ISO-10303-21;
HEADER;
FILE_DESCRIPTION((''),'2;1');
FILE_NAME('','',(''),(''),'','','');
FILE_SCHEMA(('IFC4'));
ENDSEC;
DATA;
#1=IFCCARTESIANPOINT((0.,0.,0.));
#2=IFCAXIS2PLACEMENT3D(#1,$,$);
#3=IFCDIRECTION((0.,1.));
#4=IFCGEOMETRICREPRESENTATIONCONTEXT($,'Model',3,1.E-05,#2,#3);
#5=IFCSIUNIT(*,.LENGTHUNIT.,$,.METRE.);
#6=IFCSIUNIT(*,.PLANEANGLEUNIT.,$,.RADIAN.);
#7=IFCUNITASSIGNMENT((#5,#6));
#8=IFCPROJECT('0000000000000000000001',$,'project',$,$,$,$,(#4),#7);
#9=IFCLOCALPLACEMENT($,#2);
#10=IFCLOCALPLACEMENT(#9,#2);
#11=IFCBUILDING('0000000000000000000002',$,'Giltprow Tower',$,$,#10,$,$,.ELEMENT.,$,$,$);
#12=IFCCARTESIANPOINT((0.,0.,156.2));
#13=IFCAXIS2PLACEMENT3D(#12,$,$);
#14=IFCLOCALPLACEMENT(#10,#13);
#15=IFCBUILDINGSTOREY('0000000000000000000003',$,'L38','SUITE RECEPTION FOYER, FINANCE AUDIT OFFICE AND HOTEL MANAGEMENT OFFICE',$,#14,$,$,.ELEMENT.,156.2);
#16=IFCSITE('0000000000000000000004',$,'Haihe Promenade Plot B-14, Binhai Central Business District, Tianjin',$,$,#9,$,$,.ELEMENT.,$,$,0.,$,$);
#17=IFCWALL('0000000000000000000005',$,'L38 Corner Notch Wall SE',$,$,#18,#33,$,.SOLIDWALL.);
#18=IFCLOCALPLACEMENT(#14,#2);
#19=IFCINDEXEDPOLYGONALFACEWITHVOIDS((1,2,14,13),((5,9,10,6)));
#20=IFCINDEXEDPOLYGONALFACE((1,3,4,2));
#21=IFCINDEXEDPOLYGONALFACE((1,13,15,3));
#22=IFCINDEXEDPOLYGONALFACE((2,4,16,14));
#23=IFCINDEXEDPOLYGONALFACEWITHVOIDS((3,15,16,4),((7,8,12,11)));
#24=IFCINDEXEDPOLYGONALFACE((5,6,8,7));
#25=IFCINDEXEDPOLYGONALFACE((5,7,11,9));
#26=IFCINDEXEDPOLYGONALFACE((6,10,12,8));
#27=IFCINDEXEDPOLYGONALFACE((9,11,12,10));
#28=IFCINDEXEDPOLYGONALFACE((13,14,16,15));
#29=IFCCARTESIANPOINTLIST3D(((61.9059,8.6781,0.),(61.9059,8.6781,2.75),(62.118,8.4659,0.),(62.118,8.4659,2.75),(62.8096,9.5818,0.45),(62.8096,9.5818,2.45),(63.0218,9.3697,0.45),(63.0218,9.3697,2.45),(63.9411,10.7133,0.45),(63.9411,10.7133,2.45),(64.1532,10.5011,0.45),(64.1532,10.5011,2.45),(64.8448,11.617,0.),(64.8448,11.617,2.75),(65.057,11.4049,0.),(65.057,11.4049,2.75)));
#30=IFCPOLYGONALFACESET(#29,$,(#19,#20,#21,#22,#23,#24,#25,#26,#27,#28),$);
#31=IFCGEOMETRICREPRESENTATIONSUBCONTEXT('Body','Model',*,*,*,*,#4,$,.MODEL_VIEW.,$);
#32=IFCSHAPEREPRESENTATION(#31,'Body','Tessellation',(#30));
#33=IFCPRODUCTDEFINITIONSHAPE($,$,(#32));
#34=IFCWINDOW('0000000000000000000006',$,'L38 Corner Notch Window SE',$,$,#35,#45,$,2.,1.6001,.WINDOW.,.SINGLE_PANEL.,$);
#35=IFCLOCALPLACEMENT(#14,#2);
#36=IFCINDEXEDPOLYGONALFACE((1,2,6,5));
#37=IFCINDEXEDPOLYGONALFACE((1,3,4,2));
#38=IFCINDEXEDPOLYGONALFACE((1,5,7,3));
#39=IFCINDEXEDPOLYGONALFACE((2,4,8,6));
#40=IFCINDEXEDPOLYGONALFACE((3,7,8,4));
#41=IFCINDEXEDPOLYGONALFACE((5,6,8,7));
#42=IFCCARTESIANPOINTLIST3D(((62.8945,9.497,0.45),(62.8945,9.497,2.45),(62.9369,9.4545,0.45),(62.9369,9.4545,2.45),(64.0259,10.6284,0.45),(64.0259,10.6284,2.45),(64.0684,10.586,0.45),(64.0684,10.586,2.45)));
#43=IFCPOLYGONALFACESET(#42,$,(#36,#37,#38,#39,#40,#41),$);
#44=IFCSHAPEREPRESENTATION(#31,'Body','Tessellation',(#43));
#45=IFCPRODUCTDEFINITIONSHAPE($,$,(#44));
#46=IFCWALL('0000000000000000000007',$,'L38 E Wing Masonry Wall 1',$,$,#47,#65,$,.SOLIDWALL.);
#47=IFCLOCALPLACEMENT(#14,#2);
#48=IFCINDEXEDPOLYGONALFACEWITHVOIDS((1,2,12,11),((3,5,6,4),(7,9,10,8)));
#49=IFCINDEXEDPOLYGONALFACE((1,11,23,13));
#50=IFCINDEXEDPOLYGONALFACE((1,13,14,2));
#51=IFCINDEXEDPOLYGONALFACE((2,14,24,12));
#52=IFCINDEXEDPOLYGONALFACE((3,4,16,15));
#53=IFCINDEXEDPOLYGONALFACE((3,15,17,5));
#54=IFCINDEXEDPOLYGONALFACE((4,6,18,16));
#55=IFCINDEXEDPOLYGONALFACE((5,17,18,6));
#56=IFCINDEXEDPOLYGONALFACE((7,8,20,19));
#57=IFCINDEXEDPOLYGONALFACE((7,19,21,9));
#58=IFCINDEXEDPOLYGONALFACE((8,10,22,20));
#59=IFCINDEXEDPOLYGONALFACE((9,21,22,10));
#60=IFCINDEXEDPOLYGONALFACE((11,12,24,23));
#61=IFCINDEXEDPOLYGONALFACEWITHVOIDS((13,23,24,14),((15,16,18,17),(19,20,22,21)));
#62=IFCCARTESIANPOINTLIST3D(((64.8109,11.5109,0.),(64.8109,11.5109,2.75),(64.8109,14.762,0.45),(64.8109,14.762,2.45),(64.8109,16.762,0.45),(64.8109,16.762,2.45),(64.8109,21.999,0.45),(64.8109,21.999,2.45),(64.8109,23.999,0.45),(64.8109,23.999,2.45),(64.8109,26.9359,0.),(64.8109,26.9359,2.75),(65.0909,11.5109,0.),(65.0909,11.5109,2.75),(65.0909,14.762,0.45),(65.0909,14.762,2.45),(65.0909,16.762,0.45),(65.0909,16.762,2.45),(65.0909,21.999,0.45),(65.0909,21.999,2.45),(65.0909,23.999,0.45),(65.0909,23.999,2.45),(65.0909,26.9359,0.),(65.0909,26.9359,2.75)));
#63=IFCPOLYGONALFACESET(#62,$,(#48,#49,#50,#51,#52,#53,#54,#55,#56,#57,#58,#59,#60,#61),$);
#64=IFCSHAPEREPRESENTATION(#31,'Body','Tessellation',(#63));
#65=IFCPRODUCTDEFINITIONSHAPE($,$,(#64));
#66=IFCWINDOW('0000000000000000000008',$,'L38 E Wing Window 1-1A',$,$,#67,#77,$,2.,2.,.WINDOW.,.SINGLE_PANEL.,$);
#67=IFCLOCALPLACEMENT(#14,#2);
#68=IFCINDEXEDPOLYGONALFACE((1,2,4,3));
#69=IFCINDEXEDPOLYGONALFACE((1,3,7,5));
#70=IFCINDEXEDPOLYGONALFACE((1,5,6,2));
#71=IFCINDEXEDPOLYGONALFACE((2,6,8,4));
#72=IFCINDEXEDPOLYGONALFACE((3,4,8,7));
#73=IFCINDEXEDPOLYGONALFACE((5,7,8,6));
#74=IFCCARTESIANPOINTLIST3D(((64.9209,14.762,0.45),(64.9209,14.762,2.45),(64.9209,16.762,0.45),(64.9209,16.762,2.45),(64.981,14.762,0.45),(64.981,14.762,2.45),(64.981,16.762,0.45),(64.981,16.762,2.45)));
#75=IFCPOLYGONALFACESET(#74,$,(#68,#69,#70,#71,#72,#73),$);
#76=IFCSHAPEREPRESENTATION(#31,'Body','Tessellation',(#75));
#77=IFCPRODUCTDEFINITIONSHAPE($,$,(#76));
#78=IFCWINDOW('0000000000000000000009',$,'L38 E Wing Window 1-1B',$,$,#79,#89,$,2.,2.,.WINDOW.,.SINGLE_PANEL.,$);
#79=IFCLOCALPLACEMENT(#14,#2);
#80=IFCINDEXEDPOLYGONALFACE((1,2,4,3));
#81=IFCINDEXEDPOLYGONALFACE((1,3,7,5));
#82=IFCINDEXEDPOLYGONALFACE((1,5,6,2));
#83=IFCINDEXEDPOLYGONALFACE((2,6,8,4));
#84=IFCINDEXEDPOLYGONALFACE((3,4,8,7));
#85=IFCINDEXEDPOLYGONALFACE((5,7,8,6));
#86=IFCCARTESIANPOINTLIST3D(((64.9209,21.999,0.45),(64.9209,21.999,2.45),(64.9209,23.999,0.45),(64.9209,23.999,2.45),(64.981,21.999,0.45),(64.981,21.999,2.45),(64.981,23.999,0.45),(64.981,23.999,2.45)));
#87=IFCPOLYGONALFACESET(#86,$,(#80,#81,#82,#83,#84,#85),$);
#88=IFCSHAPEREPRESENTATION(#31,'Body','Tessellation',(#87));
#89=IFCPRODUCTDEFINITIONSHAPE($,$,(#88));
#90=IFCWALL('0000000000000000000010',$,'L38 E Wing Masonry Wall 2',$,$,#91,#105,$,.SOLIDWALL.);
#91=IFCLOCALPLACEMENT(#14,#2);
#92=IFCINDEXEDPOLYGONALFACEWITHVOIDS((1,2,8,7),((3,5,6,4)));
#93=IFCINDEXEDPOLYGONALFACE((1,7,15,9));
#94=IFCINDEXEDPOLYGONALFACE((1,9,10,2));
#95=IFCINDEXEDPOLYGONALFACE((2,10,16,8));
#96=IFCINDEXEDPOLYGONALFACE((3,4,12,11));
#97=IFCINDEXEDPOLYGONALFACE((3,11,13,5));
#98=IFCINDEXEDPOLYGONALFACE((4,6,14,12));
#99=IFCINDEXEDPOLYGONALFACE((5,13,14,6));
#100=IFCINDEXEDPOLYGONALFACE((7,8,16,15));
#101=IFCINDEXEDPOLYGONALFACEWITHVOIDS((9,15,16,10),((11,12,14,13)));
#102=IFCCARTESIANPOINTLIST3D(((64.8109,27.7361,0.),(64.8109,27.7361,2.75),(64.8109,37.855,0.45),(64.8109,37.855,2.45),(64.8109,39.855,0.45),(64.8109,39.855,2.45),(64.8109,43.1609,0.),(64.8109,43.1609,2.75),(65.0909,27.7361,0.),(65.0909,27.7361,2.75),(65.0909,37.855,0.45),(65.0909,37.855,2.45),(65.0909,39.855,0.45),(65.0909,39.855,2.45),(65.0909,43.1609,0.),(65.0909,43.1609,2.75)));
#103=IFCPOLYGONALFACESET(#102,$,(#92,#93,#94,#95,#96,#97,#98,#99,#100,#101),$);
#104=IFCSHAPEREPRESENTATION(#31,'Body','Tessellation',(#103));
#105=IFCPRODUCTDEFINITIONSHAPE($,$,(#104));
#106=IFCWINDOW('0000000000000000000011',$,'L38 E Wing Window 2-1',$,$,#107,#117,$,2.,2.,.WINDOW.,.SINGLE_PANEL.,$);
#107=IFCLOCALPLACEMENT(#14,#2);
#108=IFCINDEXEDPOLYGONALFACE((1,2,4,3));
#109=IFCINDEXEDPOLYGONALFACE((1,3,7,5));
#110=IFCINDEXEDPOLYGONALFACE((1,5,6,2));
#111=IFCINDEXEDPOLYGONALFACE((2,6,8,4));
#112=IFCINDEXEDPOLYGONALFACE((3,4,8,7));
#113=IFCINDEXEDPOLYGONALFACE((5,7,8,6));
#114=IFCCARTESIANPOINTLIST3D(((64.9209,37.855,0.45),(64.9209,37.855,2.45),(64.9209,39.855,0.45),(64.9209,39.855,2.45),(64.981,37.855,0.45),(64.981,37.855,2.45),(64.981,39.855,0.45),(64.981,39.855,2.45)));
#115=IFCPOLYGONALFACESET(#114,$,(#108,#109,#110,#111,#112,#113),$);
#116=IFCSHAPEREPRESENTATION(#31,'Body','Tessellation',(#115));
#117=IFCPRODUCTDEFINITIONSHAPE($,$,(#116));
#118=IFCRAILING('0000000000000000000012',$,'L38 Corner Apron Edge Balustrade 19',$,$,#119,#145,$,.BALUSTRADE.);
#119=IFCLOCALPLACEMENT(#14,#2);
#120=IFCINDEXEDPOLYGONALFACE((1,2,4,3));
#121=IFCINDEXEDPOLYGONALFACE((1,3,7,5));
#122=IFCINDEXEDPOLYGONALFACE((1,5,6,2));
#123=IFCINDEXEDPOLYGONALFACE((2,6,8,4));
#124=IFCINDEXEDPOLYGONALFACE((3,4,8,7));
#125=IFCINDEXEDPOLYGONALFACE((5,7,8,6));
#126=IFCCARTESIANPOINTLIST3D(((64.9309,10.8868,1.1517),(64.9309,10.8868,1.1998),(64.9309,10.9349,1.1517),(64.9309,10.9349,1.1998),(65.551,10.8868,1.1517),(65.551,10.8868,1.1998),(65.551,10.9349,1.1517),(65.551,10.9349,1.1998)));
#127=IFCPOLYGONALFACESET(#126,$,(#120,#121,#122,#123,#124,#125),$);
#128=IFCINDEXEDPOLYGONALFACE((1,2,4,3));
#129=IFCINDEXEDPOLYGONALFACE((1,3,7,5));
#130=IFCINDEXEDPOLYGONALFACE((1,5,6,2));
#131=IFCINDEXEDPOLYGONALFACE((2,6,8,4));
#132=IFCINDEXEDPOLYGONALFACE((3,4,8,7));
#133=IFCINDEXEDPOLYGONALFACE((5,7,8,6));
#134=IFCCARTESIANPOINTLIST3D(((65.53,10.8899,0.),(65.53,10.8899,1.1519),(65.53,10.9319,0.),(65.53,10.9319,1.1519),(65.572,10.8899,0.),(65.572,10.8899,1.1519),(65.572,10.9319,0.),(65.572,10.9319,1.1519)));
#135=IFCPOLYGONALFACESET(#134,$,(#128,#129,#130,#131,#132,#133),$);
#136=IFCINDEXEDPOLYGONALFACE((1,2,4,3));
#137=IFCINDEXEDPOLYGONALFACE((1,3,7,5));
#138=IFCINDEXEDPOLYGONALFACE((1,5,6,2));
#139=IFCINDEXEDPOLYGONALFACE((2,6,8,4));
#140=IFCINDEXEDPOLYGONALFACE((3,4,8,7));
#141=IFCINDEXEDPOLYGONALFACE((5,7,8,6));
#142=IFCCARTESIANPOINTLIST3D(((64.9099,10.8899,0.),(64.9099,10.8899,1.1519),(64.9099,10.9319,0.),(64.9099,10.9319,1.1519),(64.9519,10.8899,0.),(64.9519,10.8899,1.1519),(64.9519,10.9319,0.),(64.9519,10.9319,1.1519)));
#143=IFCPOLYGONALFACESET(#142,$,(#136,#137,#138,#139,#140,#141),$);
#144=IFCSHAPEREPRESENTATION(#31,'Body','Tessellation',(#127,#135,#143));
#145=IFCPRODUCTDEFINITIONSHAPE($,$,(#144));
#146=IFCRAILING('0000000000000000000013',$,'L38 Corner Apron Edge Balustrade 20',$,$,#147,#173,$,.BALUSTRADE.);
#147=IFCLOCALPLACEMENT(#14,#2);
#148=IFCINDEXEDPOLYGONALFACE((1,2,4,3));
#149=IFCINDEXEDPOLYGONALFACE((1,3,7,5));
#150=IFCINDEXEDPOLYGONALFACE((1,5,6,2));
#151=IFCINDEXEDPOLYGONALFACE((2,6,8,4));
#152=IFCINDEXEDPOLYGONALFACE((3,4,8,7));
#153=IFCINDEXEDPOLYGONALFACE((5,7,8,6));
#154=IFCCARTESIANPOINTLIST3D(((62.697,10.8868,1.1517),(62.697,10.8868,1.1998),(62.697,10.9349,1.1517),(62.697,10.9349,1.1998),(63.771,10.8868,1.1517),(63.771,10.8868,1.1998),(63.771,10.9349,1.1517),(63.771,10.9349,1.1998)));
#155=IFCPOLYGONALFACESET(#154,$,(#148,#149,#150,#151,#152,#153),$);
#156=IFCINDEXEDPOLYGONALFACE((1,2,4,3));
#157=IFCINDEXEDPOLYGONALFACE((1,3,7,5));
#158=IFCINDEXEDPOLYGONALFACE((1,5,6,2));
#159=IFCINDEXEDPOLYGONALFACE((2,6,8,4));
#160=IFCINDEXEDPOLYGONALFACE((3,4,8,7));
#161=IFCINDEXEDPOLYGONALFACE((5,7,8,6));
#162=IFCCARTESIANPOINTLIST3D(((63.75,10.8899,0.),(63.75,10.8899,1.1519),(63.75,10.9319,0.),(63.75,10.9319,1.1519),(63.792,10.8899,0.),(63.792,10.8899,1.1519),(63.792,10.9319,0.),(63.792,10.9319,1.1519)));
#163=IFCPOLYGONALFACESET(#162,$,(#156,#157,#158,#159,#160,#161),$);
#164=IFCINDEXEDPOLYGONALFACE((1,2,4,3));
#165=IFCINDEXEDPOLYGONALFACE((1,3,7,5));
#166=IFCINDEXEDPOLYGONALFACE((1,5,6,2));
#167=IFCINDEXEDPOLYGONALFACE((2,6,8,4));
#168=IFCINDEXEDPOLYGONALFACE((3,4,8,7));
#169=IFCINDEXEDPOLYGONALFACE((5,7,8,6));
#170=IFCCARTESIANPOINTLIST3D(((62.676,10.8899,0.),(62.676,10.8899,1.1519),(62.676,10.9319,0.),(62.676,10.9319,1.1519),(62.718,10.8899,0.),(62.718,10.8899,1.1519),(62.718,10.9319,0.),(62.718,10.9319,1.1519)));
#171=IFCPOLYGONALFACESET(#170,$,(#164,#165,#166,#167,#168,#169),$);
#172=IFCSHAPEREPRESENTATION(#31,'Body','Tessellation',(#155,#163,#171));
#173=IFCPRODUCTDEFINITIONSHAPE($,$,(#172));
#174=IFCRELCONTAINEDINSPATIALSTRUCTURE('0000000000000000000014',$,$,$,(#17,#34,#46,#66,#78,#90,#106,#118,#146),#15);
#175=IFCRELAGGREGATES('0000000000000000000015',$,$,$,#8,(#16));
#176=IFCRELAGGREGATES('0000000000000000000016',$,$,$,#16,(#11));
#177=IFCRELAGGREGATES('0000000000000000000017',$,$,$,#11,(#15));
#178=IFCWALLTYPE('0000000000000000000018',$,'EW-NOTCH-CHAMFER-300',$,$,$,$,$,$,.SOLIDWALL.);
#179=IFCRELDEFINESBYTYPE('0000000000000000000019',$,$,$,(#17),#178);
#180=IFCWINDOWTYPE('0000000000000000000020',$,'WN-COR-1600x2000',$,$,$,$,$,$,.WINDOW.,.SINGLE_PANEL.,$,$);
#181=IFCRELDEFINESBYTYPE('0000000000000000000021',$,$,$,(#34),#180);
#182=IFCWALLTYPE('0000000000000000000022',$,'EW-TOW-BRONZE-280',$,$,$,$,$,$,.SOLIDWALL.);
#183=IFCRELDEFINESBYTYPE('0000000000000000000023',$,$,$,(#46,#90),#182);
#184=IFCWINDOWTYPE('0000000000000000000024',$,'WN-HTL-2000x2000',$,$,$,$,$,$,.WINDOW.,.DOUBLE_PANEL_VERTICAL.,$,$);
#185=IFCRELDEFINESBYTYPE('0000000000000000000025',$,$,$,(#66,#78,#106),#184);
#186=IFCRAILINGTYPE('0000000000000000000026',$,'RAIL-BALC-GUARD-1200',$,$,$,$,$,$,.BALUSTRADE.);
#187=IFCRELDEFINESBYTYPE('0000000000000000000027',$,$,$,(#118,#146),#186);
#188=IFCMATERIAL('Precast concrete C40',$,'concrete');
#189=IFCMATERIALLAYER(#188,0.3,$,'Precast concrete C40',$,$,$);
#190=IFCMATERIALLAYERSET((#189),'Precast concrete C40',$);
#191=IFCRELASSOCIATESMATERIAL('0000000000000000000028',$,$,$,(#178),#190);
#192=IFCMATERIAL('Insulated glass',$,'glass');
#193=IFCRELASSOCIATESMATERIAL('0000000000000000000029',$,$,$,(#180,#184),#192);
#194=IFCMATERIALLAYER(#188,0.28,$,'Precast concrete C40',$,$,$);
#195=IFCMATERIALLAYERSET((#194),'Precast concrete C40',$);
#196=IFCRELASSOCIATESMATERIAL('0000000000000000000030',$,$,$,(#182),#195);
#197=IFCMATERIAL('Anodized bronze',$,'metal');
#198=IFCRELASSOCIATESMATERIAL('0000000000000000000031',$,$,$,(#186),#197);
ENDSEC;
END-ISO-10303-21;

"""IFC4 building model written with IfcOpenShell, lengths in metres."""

from ifc_helpers import new_model, si_unit, direction, frame, frame_2d, origin, origin_2d, place, context, subcontext, project, spatial, rectangle, extrude, source, transform, mapped, material, layer, layer_set, type_object, element, fill, save


model = new_model("IFC4")

# Units and contexts
model_context = context("Model", 3, precision=1e-05, world=origin(), true_north=direction((0.0, 1.0)))
body_context = subcontext(model_context, "Body", "Model", "MODEL_VIEW")
ifc_project = project(units=[si_unit("LENGTHUNIT", "METRE"), si_unit("PLANEANGLEUNIT", "RADIAN")], contexts=[model_context])

# Site, building, storey
site_placement = place(None, origin())
site = spatial("IfcSite", under=ifc_project, at=site_placement, Name="Haihe Promenade Plot B-14, Binhai Central Business District, Tianjin", CompositionType="ELEMENT", RefElevation=0.0)
building_placement = place(site_placement, origin())
building = spatial("IfcBuilding", under=site, at=building_placement, Name="Giltprow Tower", CompositionType="ELEMENT")
storey_placement = place(building_placement, frame((0.0, 0.0, 156.2)))
storey = spatial("IfcBuildingStorey", under=building, at=storey_placement, Name="L38", Description="SUITE RECEPTION FOYER, FINANCE AUDIT OFFICE AND HOTEL MANAGEMENT OFFICE", CompositionType="ELEMENT", Elevation=156.2)

# Shared definitions
ifc_material_1 = material(Name="Anodized bronze", Category="metal")

# Shared definitions
ifc_material_2 = material(Name="Insulated glass", Category="glass")

# Wall, opening, window
ifc_material_3 = material(Name="Precast concrete C40", Category="concrete")
ifc_layer_1 = layer(ifc_material_3, 0.3, Name="Precast concrete C40")
ifc_layer_set_1 = layer_set([ifc_layer_1], Name="Precast concrete C40")
wall_type_1 = type_object("IfcWallType", Name="EW-NOTCH-CHAMFER-300", PredefinedType="SOLIDWALL", material=ifc_layer_set_1)
wall_1_placement = place(storey_placement, frame((62.012, 8.572, 0.0), z_axis=(0.0, 0.0, 1.0), x_axis=(0.707107, 0.707107, 0.0)))
wall_1 = element("IfcWall", 1, at=wall_1_placement, inside=storey, type_object=wall_type_1, Name="L38 Corner Notch Wall SE", PredefinedType="SOLIDWALL", context=body_context, shape_type="SweptSolid", body=[
    extrude(rectangle(XDim=4.1562, YDim=0.3, at=frame_2d((2.0781, 0.0))), origin(), (0.0, 0.0, 1.0), 2.75),
])
opening_1_placement = place(wall_1_placement, frame((1.2781, 0.0, 0.45)))
opening_1 = element("IfcOpeningElement", 2, at=opening_1_placement, cuts=wall_1, PredefinedType="OPENING", context=body_context, shape_type="SweptSolid", body=[
    extrude(rectangle(XDim=1.6001, YDim=2.0, at=frame_2d((0.8, 1.0))), frame((0.0, 0.1599, 0.0), z_axis=(0.0, -1.0, 0.0), x_axis=(1.0, 0.0, 0.0)), (0.0, 0.0, 1.0), 0.3201),
])
window_type_1 = type_object("IfcWindowType", Name="WN-COR-1600x2000", PartitioningType="SINGLE_PANEL", PredefinedType="WINDOW", material=ifc_material_2)
shared_shape_1 = source(origin(), body_context, "Body", "SweptSolid", [
    extrude(rectangle(XDim=1.6001, YDim=2.0, at=frame_2d((0.8, 1.0))), frame((0.0, 0.03, 0.0), z_axis=(0.0, -1.0, 0.0), x_axis=(1.0, 0.0, 0.0)), (0.0, 0.0, 1.0), 0.0601),
])
window_1_placement = place(opening_1_placement, origin())
window_1 = element("IfcWindow", 3, at=window_1_placement, inside=storey, type_object=window_type_1, Name="L38 Corner Notch Window SE", OverallHeight=2.0, OverallWidth=1.6001, PartitioningType="SINGLE_PANEL", PredefinedType="WINDOW", context=body_context, shape_type="MappedRepresentation", body=[
    mapped(shared_shape_1, transform((0.0, 0.0, 0.0), x_axis=(1.0, 0.0, 0.0), y_axis=(0.0, 1.0, 0.0), z_axis=(0.0, 0.0, 1.0), scale=1.0)),
])
fill(opening_1, window_1)

# Wall, openings, windows
ifc_layer_2 = layer(ifc_material_3, 0.28, Name="Precast concrete C40")
ifc_layer_set_2 = layer_set([ifc_layer_2], Name="Precast concrete C40")
wall_type_2 = type_object("IfcWallType", Name="EW-TOW-BRONZE-280", PredefinedType="SOLIDWALL", material=ifc_layer_set_2)
wall_2_placement = place(storey_placement, frame((64.9509, 11.511, 0.0), z_axis=(0.0, 0.0, 1.0), x_axis=(0.0, 1.0, 0.0)))
wall_2 = element("IfcWall", 4, at=wall_2_placement, inside=storey, type_object=wall_type_2, Name="L38 E Wing Masonry Wall 1", PredefinedType="SOLIDWALL", context=body_context, shape_type="SweptSolid", body=[
    extrude(rectangle(XDim=15.425, YDim=0.28, at=frame_2d((7.7124, 0.0))), origin(), (0.0, 0.0, 1.0), 2.75),
])
opening_2_placement = place(wall_2_placement, frame((3.251, 0.0, 0.45)))
opening_2 = element("IfcOpeningElement", 5, at=opening_2_placement, cuts=wall_2, PredefinedType="OPENING", context=body_context, shape_type="SweptSolid", body=[
    extrude(rectangle(XDim=2.0, YDim=2.0, at=frame_2d((1.0, 1.0))), frame((0.0, 0.1499, 0.0), z_axis=(0.0, -1.0, 0.0), x_axis=(1.0, 0.0, 0.0)), (0.0, 0.0, 1.0), 0.3),
])
opening_3_placement = place(wall_2_placement, frame((10.488, 0.0, 0.45)))
opening_3 = element("IfcOpeningElement", 6, at=opening_3_placement, cuts=wall_2, PredefinedType="OPENING", context=body_context, shape_type="SweptSolid", body=[
    extrude(rectangle(XDim=2.0, YDim=2.0, at=frame_2d((1.0, 1.0))), frame((0.0, 0.1499, 0.0), z_axis=(0.0, -1.0, 0.0), x_axis=(1.0, 0.0, 0.0)), (0.0, 0.0, 1.0), 0.3),
])
window_type_2 = type_object("IfcWindowType", Name="WN-HTL-2000x2000", PartitioningType="DOUBLE_PANEL_VERTICAL", PredefinedType="WINDOW", material=ifc_material_2)
shared_shape_2 = source(origin(), body_context, "Body", "SweptSolid", [
    extrude(rectangle(XDim=2.0, YDim=2.0, at=frame_2d((1.0, 1.0))), frame((0.0, 0.03, 0.0), z_axis=(0.0, -1.0, 0.0), x_axis=(1.0, 0.0, 0.0)), (0.0, 0.0, 1.0), 0.0601),
])
window_2_placement = place(opening_2_placement, origin())
window_2 = element("IfcWindow", 7, at=window_2_placement, inside=storey, type_object=window_type_2, Name="L38 E Wing Window 1-1A", OverallHeight=2.0, OverallWidth=2.0, PartitioningType="SINGLE_PANEL", PredefinedType="WINDOW", context=body_context, shape_type="MappedRepresentation", body=[
    mapped(shared_shape_2, transform((0.0, 0.0, 0.0), x_axis=(1.0, 0.0, 0.0), y_axis=(0.0, 1.0, 0.0), z_axis=(0.0, 0.0, 1.0), scale=1.0)),
])
fill(opening_2, window_2)
window_3_placement = place(opening_3_placement, origin())
window_3 = element("IfcWindow", 8, at=window_3_placement, inside=storey, type_object=window_type_2, Name="L38 E Wing Window 1-1B", OverallHeight=2.0, OverallWidth=2.0, PartitioningType="SINGLE_PANEL", PredefinedType="WINDOW", context=body_context, shape_type="MappedRepresentation", body=[
    mapped(shared_shape_2, transform((0.0, 0.0, 0.0), x_axis=(1.0, 0.0, 0.0), y_axis=(0.0, 1.0, 0.0), z_axis=(0.0, 0.0, 1.0), scale=1.0)),
])
fill(opening_3, window_3)

# Wall, opening, window
wall_3_placement = place(storey_placement, frame((64.9509, 27.7361, 0.0), z_axis=(0.0, 0.0, 1.0), x_axis=(0.0, 1.0, 0.0)))
wall_3 = element("IfcWall", 9, at=wall_3_placement, inside=storey, type_object=wall_type_2, Name="L38 E Wing Masonry Wall 2", PredefinedType="SOLIDWALL", context=body_context, shape_type="SweptSolid", body=[
    extrude(rectangle(XDim=15.4248, YDim=0.28, at=frame_2d((7.7124, 0.0))), origin(), (0.0, 0.0, 1.0), 2.75),
])
opening_4_placement = place(wall_3_placement, frame((10.1189, 0.0, 0.45)))
opening_4 = element("IfcOpeningElement", 10, at=opening_4_placement, cuts=wall_3, PredefinedType="OPENING", context=body_context, shape_type="SweptSolid", body=[
    extrude(rectangle(XDim=2.0, YDim=2.0, at=frame_2d((1.0, 1.0))), frame((0.0, 0.1499, 0.0), z_axis=(0.0, -1.0, 0.0), x_axis=(1.0, 0.0, 0.0)), (0.0, 0.0, 1.0), 0.3),
])
window_4_placement = place(opening_4_placement, origin())
window_4 = element("IfcWindow", 11, at=window_4_placement, inside=storey, type_object=window_type_2, Name="L38 E Wing Window 2-1", OverallHeight=2.0, OverallWidth=2.0, PartitioningType="SINGLE_PANEL", PredefinedType="WINDOW", context=body_context, shape_type="MappedRepresentation", body=[
    mapped(shared_shape_2, transform((0.0, 0.0, 0.0), x_axis=(1.0, 0.0, 0.0), y_axis=(0.0, 1.0, 0.0), z_axis=(0.0, 0.0, 1.0), scale=1.0)),
])
fill(opening_4, window_4)

# Railings
railing_type = type_object("IfcRailingType", Name="RAIL-BALC-GUARD-1200", PredefinedType="BALUSTRADE", material=ifc_material_1)
railing_1_placement = place(storey_placement, frame((65.551, 10.9109, 0.0)))
element("IfcRailing", 12, at=railing_1_placement, inside=storey, type_object=railing_type, Name="L38 Corner Apron Edge Balustrade 19", PredefinedType="BALUSTRADE", context=body_context, shape_type="SweptSolid", body=[
    extrude(rectangle(XDim=0.0481, YDim=0.0481, at=origin_2d()), frame((0.0, 0.0, 1.1758), z_axis=(-1.0, 0.0, 0.0), x_axis=(0.0, -1.0, 0.0)), (0.0, 0.0, 1.0), 0.6201),
    extrude(rectangle(XDim=0.042, YDim=0.042, at=origin_2d()), origin(), (0.0, 0.0, 1.0), 1.1519),
    extrude(rectangle(XDim=0.042, YDim=0.042, at=origin_2d()), frame((-0.6201, 0.0, 0.0)), (0.0, 0.0, 1.0), 1.1519),
])
railing_2_placement = place(storey_placement, frame((63.771, 10.9109, 0.0)))
element("IfcRailing", 13, at=railing_2_placement, inside=storey, type_object=railing_type, Name="L38 Corner Apron Edge Balustrade 20", PredefinedType="BALUSTRADE", context=body_context, shape_type="SweptSolid", body=[
    extrude(rectangle(XDim=0.0481, YDim=0.0481, at=origin_2d()), frame((0.0, 0.0, 1.1758), z_axis=(-1.0, 0.0, 0.0), x_axis=(0.0, -1.0, 0.0)), (0.0, 0.0, 1.0), 1.074),
    extrude(rectangle(XDim=0.042, YDim=0.042, at=origin_2d()), origin(), (0.0, 0.0, 1.0), 1.1519),
    extrude(rectangle(XDim=0.042, YDim=0.042, at=origin_2d()), frame((-1.074, 0.0, 0.0)), (0.0, 0.0, 1.0), 1.1519),
])

save(model, "model.ifc")
